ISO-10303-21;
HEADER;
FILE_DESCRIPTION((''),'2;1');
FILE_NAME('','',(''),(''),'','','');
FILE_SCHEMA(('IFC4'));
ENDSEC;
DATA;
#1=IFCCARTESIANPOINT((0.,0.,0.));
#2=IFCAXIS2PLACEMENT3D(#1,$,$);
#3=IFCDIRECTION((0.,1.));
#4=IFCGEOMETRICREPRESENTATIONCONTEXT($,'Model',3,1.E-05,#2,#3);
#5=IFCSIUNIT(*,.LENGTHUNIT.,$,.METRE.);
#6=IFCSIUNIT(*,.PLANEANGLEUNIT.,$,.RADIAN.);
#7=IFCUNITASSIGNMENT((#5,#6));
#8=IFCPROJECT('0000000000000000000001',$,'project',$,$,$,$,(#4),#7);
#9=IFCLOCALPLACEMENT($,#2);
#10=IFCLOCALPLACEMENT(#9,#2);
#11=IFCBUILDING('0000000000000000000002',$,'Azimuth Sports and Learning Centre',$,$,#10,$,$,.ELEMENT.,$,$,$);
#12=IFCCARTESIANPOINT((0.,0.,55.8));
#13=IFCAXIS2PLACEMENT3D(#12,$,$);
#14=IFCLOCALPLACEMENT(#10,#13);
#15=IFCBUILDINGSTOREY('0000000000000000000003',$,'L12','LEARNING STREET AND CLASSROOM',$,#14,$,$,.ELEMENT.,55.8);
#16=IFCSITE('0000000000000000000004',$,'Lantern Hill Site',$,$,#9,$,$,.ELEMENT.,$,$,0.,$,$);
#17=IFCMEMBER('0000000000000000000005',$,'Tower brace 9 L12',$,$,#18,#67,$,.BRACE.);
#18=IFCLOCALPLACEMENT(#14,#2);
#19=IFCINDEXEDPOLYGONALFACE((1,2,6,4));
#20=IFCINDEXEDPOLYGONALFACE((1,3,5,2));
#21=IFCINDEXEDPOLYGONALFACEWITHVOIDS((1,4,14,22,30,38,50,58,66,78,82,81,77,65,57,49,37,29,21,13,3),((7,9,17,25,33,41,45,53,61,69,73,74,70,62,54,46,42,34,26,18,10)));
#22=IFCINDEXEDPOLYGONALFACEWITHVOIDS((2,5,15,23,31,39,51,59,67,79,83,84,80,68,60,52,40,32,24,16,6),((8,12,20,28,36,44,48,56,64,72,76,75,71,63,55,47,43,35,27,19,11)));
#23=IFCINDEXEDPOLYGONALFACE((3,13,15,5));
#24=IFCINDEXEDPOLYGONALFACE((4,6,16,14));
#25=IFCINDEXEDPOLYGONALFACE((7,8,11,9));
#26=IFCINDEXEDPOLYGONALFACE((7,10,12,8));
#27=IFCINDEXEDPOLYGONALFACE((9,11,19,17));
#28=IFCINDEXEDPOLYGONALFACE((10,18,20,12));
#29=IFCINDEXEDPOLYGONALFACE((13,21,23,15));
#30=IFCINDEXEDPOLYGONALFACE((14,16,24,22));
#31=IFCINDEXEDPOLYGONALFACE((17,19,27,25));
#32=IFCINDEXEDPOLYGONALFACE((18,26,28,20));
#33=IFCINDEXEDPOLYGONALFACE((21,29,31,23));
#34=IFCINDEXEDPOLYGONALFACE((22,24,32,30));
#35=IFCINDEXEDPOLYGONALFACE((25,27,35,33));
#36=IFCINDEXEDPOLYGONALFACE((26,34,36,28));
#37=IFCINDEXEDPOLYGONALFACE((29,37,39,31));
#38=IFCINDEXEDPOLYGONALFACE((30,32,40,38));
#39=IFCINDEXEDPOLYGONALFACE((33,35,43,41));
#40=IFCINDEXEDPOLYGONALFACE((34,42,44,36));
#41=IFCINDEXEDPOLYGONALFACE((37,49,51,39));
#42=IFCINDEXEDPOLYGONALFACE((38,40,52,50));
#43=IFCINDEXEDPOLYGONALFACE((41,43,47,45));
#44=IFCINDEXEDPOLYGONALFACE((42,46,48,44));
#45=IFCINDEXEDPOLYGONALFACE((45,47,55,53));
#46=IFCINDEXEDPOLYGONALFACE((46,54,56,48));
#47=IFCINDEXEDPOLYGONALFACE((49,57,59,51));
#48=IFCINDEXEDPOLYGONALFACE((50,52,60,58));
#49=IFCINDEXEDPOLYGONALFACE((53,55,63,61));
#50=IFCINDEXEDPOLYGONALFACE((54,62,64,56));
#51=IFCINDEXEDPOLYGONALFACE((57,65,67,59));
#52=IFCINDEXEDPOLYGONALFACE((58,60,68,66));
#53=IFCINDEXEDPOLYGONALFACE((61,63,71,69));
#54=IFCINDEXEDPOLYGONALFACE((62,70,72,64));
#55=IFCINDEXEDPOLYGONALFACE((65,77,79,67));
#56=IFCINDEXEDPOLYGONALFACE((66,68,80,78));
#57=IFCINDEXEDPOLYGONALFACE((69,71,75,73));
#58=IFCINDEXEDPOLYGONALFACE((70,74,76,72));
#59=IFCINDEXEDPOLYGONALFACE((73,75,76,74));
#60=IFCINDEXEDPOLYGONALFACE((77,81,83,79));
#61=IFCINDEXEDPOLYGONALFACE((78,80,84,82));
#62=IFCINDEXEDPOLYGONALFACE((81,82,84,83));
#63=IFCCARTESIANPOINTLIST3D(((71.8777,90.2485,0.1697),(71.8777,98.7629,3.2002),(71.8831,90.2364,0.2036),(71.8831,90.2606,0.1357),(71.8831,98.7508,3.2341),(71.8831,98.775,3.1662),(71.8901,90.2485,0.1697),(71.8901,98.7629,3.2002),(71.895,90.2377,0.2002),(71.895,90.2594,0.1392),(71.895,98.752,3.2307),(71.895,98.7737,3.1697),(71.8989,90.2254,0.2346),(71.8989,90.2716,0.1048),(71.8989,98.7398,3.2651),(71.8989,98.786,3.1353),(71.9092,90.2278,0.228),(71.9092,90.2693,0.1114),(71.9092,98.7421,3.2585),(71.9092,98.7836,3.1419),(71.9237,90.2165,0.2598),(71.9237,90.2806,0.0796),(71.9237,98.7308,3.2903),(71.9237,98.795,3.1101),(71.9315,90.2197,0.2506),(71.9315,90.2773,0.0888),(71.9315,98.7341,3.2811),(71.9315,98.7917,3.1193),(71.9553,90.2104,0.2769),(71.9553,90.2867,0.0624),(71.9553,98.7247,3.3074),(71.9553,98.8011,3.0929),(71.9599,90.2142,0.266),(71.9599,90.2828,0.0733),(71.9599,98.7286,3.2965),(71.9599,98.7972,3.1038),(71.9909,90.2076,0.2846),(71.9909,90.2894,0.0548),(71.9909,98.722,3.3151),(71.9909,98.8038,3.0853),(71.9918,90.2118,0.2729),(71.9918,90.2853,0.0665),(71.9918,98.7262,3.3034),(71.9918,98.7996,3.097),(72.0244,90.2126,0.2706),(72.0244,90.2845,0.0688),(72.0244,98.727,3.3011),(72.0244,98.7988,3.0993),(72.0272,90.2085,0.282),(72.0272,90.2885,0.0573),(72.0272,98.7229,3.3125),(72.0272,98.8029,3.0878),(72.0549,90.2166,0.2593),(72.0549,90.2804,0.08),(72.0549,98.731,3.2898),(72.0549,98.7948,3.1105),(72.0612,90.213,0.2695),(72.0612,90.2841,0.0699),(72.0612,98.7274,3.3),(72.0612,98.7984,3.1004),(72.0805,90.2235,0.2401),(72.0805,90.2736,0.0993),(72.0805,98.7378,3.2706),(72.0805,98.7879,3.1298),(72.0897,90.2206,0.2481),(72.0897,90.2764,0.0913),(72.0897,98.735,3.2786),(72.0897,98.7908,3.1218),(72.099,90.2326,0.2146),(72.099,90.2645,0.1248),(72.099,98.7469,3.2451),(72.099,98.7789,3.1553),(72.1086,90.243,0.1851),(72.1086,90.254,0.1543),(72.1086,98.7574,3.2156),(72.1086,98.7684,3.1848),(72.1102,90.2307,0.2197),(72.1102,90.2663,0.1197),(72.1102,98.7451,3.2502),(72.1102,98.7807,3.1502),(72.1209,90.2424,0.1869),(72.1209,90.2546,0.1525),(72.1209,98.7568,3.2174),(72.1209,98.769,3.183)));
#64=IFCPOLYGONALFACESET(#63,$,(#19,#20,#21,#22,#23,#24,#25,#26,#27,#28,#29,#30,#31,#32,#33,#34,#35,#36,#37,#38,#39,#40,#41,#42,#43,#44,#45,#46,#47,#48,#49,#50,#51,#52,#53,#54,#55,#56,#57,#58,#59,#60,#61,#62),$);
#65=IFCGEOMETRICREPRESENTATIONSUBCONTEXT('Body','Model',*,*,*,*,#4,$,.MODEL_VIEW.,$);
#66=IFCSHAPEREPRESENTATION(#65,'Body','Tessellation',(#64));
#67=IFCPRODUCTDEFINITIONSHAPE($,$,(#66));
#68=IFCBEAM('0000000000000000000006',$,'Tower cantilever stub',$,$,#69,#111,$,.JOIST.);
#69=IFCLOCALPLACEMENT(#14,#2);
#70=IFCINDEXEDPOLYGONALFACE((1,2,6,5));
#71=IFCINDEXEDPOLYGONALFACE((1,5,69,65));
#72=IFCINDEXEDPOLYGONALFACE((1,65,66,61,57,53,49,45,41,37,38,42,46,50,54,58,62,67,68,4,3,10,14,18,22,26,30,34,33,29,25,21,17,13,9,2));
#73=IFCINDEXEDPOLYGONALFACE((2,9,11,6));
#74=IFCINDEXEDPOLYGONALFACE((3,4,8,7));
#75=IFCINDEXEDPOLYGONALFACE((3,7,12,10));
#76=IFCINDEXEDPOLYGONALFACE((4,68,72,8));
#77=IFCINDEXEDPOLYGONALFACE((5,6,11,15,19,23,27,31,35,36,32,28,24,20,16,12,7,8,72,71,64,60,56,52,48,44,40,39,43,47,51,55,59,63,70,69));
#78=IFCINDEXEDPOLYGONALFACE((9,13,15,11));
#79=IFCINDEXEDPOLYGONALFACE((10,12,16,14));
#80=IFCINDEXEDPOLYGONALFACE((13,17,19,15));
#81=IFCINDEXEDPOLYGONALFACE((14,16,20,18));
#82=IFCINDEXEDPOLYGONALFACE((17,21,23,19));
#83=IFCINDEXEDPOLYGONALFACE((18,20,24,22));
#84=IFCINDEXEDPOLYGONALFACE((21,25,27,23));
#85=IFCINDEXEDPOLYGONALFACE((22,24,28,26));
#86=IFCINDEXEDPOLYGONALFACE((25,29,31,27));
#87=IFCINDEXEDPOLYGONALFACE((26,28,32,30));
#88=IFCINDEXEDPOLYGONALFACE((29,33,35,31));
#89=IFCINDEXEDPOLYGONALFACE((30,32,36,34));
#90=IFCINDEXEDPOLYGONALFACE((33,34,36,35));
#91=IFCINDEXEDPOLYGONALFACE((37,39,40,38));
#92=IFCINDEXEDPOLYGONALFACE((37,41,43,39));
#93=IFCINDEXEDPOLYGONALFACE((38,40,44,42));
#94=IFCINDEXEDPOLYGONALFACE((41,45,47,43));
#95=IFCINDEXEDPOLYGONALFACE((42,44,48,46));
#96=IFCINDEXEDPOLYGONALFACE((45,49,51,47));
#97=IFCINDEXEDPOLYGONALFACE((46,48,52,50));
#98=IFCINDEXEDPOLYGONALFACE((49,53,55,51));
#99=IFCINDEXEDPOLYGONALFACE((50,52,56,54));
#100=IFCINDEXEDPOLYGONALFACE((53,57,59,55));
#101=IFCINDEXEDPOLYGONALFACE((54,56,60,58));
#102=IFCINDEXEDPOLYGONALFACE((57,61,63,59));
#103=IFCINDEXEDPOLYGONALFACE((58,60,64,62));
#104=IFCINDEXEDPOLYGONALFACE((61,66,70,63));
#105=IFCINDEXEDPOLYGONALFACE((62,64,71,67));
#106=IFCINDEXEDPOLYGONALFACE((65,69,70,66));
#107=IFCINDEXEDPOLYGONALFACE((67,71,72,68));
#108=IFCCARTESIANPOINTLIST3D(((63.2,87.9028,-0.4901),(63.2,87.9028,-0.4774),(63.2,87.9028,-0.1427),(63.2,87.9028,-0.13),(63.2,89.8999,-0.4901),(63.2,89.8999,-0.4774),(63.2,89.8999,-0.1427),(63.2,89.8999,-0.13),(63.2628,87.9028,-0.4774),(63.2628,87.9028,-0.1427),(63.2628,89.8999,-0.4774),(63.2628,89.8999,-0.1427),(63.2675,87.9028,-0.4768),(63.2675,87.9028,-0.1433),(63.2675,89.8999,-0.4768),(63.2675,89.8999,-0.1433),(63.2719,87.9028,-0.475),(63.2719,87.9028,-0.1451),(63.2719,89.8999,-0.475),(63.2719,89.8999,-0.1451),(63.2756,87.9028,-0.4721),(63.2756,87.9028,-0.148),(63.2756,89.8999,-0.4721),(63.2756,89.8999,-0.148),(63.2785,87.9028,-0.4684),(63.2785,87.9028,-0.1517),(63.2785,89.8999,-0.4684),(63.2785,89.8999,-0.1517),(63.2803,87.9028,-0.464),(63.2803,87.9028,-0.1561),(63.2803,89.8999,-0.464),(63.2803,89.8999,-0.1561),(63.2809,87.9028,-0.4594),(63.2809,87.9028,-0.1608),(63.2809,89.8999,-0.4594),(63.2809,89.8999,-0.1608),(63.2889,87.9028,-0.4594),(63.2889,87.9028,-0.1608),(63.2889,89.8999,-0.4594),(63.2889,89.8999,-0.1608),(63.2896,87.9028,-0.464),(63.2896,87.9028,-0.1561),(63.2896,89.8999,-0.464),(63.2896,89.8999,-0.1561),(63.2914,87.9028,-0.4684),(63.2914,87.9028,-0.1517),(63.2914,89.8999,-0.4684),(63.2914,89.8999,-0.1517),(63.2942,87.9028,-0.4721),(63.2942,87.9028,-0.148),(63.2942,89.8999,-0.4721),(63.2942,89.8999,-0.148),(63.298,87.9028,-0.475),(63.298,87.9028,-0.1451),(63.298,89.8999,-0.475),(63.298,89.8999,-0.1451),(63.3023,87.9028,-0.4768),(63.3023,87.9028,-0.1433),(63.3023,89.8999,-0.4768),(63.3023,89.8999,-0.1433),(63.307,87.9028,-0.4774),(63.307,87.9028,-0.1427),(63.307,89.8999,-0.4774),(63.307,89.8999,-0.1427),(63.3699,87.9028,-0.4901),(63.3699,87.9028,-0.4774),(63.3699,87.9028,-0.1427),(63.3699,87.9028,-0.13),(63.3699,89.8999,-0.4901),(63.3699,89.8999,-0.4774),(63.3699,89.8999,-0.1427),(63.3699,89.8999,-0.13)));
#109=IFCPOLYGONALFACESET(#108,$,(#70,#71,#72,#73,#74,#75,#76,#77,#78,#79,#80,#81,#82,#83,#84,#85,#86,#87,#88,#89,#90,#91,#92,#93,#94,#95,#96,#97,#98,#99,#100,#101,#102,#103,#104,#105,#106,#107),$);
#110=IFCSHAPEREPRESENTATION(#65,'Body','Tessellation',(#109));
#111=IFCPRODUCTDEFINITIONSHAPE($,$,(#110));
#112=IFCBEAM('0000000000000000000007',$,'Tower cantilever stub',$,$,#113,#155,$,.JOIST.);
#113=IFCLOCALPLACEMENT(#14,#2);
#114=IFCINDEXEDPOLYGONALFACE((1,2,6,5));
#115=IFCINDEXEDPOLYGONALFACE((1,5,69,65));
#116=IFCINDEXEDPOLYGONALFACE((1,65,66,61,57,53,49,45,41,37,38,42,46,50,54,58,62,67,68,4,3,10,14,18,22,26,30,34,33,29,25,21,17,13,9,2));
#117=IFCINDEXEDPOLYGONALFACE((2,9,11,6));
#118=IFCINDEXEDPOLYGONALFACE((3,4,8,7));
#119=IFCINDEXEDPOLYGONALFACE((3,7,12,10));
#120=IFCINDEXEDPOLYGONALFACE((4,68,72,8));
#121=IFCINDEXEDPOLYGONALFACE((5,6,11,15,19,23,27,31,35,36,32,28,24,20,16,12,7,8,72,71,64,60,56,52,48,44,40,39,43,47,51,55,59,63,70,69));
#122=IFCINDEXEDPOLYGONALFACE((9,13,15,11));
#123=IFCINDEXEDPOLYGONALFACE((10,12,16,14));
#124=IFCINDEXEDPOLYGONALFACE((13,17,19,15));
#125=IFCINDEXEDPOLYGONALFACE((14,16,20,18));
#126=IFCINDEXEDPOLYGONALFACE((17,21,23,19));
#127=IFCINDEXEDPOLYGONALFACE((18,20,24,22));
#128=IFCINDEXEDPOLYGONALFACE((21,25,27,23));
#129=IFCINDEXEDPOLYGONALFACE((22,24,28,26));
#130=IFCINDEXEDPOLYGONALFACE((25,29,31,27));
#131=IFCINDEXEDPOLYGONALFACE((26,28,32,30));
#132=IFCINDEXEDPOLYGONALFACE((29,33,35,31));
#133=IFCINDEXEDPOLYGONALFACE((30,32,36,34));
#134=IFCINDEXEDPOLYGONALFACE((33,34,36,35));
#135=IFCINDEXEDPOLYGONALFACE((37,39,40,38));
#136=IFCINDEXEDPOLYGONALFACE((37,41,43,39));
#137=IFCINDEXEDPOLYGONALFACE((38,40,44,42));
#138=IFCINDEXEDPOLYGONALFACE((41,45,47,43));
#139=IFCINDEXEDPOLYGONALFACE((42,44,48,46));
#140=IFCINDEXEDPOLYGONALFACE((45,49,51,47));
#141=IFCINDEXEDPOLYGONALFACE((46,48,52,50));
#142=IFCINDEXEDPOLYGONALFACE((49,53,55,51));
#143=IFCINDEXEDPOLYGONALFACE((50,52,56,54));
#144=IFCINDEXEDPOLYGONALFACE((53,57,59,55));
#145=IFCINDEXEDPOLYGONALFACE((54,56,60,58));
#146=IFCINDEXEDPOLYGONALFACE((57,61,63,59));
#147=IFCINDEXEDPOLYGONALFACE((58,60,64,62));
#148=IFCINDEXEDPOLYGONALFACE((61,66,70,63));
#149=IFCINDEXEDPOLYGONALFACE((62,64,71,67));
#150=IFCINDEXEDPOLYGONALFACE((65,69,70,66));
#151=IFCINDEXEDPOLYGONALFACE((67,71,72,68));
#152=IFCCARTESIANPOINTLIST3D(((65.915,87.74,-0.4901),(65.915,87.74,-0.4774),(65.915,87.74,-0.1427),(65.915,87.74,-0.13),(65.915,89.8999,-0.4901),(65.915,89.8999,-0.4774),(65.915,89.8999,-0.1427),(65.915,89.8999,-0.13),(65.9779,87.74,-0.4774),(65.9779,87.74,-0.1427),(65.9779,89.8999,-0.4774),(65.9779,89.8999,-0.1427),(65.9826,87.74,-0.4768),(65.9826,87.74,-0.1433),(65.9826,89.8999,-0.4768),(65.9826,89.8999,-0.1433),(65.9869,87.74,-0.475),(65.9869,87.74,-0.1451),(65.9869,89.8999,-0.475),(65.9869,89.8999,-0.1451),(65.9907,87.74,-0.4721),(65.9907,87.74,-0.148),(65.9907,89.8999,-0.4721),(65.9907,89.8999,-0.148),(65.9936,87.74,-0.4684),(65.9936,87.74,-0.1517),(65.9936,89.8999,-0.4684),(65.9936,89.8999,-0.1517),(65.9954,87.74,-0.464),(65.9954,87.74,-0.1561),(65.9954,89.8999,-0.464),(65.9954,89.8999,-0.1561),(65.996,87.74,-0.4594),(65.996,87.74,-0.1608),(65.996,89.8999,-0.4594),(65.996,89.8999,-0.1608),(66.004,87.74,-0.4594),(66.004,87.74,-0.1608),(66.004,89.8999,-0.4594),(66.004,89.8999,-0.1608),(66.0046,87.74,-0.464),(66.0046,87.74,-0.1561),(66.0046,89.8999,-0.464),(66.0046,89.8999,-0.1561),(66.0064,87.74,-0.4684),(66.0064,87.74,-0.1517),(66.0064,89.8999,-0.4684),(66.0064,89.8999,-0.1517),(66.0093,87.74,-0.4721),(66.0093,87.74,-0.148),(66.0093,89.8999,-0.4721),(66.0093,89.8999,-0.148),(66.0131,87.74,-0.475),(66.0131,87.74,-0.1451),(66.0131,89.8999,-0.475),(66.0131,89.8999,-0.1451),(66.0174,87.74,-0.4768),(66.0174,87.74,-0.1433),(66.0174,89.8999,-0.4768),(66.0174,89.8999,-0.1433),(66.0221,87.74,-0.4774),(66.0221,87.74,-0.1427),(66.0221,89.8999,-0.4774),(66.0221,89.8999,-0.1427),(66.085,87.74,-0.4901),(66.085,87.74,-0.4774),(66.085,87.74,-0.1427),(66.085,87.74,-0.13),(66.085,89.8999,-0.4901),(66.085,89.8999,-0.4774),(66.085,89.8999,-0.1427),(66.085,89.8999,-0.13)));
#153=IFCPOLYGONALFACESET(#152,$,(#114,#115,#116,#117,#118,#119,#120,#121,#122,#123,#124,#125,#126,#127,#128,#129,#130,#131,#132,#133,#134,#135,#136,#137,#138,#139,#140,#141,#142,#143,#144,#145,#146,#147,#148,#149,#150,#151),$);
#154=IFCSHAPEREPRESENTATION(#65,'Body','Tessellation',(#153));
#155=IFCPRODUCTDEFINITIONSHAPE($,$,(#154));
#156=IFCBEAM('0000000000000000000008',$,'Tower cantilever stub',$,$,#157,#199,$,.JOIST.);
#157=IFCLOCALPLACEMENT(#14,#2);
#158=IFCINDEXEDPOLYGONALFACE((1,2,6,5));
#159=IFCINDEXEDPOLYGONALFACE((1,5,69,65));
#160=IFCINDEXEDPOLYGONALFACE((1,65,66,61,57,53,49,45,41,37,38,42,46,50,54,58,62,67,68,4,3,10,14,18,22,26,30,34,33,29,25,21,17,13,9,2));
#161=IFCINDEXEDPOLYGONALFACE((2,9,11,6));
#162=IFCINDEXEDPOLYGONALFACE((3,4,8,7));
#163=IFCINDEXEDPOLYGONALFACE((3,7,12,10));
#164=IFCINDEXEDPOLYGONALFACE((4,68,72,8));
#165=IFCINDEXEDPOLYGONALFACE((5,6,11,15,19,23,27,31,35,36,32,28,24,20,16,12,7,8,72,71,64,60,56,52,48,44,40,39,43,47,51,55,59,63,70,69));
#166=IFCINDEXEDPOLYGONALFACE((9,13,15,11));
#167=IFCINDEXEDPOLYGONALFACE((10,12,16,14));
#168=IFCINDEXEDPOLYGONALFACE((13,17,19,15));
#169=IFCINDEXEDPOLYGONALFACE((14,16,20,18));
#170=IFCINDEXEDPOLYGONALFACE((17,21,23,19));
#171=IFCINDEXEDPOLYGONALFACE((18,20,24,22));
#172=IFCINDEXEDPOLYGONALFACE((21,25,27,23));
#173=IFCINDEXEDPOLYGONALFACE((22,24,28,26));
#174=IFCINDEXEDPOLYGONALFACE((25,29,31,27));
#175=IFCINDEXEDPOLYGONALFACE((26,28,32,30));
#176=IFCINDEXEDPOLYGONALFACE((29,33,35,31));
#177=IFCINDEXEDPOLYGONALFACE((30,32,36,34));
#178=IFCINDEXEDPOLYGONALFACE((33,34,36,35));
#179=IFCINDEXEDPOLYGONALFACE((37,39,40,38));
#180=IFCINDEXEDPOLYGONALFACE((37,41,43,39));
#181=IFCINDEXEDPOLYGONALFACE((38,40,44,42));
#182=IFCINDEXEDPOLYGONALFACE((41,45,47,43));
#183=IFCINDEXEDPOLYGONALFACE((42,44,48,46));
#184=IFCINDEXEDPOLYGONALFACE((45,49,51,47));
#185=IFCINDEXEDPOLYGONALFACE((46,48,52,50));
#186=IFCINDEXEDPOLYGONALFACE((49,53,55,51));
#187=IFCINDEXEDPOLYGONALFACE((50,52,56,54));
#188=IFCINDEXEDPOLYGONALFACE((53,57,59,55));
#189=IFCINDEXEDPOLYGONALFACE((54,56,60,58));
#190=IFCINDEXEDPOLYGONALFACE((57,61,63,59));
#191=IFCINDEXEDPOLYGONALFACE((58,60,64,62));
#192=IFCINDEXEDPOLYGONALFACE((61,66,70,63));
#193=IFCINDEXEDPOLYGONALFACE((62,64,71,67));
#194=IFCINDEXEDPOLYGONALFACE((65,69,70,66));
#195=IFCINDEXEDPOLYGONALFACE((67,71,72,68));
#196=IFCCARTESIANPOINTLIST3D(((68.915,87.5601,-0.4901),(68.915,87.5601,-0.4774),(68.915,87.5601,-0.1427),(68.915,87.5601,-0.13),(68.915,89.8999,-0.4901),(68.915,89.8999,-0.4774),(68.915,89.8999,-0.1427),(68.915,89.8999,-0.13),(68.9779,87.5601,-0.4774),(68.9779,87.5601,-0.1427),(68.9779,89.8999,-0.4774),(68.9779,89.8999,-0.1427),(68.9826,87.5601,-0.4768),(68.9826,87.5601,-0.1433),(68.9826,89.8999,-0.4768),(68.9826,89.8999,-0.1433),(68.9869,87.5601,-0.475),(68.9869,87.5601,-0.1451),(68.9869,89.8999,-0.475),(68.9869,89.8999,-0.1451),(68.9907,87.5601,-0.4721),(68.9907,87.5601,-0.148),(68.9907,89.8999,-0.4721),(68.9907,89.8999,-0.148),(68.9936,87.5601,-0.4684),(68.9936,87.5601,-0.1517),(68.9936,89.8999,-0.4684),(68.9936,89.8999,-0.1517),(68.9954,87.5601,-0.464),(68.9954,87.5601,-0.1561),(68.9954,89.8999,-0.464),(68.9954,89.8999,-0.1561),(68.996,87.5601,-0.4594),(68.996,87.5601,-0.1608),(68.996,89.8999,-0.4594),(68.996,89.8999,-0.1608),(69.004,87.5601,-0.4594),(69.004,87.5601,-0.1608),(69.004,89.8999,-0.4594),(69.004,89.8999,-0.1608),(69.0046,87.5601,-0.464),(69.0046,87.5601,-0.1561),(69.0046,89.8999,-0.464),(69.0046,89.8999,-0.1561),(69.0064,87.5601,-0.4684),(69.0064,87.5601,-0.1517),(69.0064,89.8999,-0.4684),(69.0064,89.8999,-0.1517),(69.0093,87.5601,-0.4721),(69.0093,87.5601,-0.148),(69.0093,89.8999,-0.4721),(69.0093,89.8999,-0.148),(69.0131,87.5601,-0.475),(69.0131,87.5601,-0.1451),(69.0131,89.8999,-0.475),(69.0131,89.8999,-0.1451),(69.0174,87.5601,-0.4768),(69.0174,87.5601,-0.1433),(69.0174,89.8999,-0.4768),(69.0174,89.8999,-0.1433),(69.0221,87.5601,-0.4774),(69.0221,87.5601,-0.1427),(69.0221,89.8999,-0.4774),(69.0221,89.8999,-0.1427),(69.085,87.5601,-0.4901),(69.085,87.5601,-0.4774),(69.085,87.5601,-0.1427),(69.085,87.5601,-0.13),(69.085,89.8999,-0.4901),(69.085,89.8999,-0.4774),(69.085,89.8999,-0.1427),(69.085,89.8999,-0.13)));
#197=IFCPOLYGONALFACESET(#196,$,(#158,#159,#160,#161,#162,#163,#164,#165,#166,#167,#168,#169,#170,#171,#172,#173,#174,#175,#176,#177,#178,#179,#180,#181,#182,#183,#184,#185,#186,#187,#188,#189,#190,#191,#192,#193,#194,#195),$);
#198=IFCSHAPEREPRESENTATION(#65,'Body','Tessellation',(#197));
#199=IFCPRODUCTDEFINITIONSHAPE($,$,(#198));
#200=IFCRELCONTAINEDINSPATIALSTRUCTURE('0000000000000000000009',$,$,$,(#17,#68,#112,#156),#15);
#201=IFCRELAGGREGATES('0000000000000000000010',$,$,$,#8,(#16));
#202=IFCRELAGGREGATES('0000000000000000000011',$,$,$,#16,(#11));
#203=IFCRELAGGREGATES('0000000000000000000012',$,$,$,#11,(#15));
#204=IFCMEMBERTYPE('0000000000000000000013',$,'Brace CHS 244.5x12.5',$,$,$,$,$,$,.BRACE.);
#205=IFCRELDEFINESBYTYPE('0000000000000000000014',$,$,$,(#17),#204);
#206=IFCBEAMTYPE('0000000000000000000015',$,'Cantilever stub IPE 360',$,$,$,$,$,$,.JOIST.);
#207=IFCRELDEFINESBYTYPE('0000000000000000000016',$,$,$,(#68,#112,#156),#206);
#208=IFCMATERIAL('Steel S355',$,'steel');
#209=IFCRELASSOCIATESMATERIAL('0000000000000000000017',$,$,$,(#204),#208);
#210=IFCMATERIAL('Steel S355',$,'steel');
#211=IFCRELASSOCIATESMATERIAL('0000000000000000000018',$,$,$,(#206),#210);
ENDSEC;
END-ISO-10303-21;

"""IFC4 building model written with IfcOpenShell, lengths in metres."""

from ifc_helpers import new_model, si_unit, direction, frame, origin, origin_2d, place, context, subcontext, project, spatial, hollow_circle, i_section, extrude, material, material_profile, profile_set, type_object, element, save


model = new_model("IFC4")

# Units and contexts
model_context = context("Model", 3, precision=1e-05, world=origin(), true_north=direction((0.0, 1.0)))
body_context = subcontext(model_context, "Body", "Model", "MODEL_VIEW")
ifc_project = project(units=[si_unit("LENGTHUNIT", "METRE"), si_unit("PLANEANGLEUNIT", "RADIAN")], contexts=[model_context])

# Site, building, storey
site_placement = place(None, origin())
site = spatial("IfcSite", under=ifc_project, at=site_placement, Name="Lantern Hill Site", CompositionType="ELEMENT", RefElevation=0.0)
building_placement = place(site_placement, origin())
building = spatial("IfcBuilding", under=site, at=building_placement, Name="Azimuth Sports and Learning Centre", CompositionType="ELEMENT")
storey_placement = place(building_placement, frame((0.0, 0.0, 55.8)))
storey = spatial("IfcBuildingStorey", under=building, at=storey_placement, Name="L12", Description="LEARNING STREET AND CLASSROOM", CompositionType="ELEMENT", Elevation=55.8)

# Member
ifc_material_1 = material(Name="Steel S355", Category="steel")
ifc_material_profile_1 = material_profile(ifc_material_1, hollow_circle(Radius=0.1223, WallThickness=0.0125, at=origin_2d()), Name="CHS 244.5x12.5")
ifc_profile_set_1 = profile_set([ifc_material_profile_1], Name="Steel S355")
member_type_1 = type_object("IfcMemberType", Name="Brace CHS 244.5x12.5", PredefinedType="BRACE", material=ifc_profile_set_1)
member_1_placement = place(storey_placement, frame((72.0, 90.2485, 0.1697), z_axis=(0.0, 0.942104, 0.335321), x_axis=(-1.0, 0.0, 0.0)))
element("IfcMember", 1, at=member_1_placement, inside=storey, type_object=member_type_1, Name="Tower brace 9 L12", PredefinedType="BRACE", context=body_context, shape_type="SweptSolid", body=[
    extrude(hollow_circle(Radius=0.1223, WallThickness=0.0125, at=origin_2d()), origin(), (0.0, 0.0, 1.0), 9.0376),
])

# Beams
ifc_material_2 = material(Name="Steel S355", Category="steel")
ifc_material_profile_2 = material_profile(ifc_material_2, i_section(OverallWidth=0.1699, OverallDepth=0.3601, WebThickness=0.0081, FlangeThickness=0.0127, FilletRadius=0.0181, at=origin_2d()), Name="IPE 360")
ifc_profile_set_2 = profile_set([ifc_material_profile_2], Name="Steel S355")
beam_type_1 = type_object("IfcBeamType", Name="Cantilever stub IPE 360", PredefinedType="JOIST", material=ifc_profile_set_2)
beam_1_placement = place(storey_placement, frame((63.2849, 89.8999, -0.3101), z_axis=(0.0, -1.0, 0.0), x_axis=(1.0, 0.0, 0.0)))
element("IfcBeam", 2, at=beam_1_placement, inside=storey, type_object=beam_type_1, Name="Tower cantilever stub", PredefinedType="JOIST", context=body_context, shape_type="SweptSolid", body=[
    extrude(i_section(OverallWidth=0.1699, OverallDepth=0.3601, WebThickness=0.0081, FlangeThickness=0.0127, FilletRadius=0.0181, at=origin_2d()), origin(), (0.0, 0.0, 1.0), 1.9971),
])
beam_2_placement = place(storey_placement, frame((66.0, 89.8999, -0.3101), z_axis=(0.0, -1.0, 0.0), x_axis=(1.0, 0.0, 0.0)))
element("IfcBeam", 3, at=beam_2_placement, inside=storey, type_object=beam_type_1, Name="Tower cantilever stub", PredefinedType="JOIST", context=body_context, shape_type="SweptSolid", body=[
    extrude(i_section(OverallWidth=0.1699, OverallDepth=0.3601, WebThickness=0.0081, FlangeThickness=0.0127, FilletRadius=0.0181, at=origin_2d()), origin(), (0.0, 0.0, 1.0), 2.1599),
])
beam_3_placement = place(storey_placement, frame((69.0, 89.8999, -0.3101), z_axis=(0.0, -1.0, 0.0), x_axis=(1.0, 0.0, 0.0)))
element("IfcBeam", 4, at=beam_3_placement, inside=storey, type_object=beam_type_1, Name="Tower cantilever stub", PredefinedType="JOIST", context=body_context, shape_type="SweptSolid", body=[
    extrude(i_section(OverallWidth=0.1699, OverallDepth=0.3601, WebThickness=0.0081, FlangeThickness=0.0127, FilletRadius=0.0181, at=origin_2d()), origin(), (0.0, 0.0, 1.0), 2.3398),
])

save(model, "model.ifc")
